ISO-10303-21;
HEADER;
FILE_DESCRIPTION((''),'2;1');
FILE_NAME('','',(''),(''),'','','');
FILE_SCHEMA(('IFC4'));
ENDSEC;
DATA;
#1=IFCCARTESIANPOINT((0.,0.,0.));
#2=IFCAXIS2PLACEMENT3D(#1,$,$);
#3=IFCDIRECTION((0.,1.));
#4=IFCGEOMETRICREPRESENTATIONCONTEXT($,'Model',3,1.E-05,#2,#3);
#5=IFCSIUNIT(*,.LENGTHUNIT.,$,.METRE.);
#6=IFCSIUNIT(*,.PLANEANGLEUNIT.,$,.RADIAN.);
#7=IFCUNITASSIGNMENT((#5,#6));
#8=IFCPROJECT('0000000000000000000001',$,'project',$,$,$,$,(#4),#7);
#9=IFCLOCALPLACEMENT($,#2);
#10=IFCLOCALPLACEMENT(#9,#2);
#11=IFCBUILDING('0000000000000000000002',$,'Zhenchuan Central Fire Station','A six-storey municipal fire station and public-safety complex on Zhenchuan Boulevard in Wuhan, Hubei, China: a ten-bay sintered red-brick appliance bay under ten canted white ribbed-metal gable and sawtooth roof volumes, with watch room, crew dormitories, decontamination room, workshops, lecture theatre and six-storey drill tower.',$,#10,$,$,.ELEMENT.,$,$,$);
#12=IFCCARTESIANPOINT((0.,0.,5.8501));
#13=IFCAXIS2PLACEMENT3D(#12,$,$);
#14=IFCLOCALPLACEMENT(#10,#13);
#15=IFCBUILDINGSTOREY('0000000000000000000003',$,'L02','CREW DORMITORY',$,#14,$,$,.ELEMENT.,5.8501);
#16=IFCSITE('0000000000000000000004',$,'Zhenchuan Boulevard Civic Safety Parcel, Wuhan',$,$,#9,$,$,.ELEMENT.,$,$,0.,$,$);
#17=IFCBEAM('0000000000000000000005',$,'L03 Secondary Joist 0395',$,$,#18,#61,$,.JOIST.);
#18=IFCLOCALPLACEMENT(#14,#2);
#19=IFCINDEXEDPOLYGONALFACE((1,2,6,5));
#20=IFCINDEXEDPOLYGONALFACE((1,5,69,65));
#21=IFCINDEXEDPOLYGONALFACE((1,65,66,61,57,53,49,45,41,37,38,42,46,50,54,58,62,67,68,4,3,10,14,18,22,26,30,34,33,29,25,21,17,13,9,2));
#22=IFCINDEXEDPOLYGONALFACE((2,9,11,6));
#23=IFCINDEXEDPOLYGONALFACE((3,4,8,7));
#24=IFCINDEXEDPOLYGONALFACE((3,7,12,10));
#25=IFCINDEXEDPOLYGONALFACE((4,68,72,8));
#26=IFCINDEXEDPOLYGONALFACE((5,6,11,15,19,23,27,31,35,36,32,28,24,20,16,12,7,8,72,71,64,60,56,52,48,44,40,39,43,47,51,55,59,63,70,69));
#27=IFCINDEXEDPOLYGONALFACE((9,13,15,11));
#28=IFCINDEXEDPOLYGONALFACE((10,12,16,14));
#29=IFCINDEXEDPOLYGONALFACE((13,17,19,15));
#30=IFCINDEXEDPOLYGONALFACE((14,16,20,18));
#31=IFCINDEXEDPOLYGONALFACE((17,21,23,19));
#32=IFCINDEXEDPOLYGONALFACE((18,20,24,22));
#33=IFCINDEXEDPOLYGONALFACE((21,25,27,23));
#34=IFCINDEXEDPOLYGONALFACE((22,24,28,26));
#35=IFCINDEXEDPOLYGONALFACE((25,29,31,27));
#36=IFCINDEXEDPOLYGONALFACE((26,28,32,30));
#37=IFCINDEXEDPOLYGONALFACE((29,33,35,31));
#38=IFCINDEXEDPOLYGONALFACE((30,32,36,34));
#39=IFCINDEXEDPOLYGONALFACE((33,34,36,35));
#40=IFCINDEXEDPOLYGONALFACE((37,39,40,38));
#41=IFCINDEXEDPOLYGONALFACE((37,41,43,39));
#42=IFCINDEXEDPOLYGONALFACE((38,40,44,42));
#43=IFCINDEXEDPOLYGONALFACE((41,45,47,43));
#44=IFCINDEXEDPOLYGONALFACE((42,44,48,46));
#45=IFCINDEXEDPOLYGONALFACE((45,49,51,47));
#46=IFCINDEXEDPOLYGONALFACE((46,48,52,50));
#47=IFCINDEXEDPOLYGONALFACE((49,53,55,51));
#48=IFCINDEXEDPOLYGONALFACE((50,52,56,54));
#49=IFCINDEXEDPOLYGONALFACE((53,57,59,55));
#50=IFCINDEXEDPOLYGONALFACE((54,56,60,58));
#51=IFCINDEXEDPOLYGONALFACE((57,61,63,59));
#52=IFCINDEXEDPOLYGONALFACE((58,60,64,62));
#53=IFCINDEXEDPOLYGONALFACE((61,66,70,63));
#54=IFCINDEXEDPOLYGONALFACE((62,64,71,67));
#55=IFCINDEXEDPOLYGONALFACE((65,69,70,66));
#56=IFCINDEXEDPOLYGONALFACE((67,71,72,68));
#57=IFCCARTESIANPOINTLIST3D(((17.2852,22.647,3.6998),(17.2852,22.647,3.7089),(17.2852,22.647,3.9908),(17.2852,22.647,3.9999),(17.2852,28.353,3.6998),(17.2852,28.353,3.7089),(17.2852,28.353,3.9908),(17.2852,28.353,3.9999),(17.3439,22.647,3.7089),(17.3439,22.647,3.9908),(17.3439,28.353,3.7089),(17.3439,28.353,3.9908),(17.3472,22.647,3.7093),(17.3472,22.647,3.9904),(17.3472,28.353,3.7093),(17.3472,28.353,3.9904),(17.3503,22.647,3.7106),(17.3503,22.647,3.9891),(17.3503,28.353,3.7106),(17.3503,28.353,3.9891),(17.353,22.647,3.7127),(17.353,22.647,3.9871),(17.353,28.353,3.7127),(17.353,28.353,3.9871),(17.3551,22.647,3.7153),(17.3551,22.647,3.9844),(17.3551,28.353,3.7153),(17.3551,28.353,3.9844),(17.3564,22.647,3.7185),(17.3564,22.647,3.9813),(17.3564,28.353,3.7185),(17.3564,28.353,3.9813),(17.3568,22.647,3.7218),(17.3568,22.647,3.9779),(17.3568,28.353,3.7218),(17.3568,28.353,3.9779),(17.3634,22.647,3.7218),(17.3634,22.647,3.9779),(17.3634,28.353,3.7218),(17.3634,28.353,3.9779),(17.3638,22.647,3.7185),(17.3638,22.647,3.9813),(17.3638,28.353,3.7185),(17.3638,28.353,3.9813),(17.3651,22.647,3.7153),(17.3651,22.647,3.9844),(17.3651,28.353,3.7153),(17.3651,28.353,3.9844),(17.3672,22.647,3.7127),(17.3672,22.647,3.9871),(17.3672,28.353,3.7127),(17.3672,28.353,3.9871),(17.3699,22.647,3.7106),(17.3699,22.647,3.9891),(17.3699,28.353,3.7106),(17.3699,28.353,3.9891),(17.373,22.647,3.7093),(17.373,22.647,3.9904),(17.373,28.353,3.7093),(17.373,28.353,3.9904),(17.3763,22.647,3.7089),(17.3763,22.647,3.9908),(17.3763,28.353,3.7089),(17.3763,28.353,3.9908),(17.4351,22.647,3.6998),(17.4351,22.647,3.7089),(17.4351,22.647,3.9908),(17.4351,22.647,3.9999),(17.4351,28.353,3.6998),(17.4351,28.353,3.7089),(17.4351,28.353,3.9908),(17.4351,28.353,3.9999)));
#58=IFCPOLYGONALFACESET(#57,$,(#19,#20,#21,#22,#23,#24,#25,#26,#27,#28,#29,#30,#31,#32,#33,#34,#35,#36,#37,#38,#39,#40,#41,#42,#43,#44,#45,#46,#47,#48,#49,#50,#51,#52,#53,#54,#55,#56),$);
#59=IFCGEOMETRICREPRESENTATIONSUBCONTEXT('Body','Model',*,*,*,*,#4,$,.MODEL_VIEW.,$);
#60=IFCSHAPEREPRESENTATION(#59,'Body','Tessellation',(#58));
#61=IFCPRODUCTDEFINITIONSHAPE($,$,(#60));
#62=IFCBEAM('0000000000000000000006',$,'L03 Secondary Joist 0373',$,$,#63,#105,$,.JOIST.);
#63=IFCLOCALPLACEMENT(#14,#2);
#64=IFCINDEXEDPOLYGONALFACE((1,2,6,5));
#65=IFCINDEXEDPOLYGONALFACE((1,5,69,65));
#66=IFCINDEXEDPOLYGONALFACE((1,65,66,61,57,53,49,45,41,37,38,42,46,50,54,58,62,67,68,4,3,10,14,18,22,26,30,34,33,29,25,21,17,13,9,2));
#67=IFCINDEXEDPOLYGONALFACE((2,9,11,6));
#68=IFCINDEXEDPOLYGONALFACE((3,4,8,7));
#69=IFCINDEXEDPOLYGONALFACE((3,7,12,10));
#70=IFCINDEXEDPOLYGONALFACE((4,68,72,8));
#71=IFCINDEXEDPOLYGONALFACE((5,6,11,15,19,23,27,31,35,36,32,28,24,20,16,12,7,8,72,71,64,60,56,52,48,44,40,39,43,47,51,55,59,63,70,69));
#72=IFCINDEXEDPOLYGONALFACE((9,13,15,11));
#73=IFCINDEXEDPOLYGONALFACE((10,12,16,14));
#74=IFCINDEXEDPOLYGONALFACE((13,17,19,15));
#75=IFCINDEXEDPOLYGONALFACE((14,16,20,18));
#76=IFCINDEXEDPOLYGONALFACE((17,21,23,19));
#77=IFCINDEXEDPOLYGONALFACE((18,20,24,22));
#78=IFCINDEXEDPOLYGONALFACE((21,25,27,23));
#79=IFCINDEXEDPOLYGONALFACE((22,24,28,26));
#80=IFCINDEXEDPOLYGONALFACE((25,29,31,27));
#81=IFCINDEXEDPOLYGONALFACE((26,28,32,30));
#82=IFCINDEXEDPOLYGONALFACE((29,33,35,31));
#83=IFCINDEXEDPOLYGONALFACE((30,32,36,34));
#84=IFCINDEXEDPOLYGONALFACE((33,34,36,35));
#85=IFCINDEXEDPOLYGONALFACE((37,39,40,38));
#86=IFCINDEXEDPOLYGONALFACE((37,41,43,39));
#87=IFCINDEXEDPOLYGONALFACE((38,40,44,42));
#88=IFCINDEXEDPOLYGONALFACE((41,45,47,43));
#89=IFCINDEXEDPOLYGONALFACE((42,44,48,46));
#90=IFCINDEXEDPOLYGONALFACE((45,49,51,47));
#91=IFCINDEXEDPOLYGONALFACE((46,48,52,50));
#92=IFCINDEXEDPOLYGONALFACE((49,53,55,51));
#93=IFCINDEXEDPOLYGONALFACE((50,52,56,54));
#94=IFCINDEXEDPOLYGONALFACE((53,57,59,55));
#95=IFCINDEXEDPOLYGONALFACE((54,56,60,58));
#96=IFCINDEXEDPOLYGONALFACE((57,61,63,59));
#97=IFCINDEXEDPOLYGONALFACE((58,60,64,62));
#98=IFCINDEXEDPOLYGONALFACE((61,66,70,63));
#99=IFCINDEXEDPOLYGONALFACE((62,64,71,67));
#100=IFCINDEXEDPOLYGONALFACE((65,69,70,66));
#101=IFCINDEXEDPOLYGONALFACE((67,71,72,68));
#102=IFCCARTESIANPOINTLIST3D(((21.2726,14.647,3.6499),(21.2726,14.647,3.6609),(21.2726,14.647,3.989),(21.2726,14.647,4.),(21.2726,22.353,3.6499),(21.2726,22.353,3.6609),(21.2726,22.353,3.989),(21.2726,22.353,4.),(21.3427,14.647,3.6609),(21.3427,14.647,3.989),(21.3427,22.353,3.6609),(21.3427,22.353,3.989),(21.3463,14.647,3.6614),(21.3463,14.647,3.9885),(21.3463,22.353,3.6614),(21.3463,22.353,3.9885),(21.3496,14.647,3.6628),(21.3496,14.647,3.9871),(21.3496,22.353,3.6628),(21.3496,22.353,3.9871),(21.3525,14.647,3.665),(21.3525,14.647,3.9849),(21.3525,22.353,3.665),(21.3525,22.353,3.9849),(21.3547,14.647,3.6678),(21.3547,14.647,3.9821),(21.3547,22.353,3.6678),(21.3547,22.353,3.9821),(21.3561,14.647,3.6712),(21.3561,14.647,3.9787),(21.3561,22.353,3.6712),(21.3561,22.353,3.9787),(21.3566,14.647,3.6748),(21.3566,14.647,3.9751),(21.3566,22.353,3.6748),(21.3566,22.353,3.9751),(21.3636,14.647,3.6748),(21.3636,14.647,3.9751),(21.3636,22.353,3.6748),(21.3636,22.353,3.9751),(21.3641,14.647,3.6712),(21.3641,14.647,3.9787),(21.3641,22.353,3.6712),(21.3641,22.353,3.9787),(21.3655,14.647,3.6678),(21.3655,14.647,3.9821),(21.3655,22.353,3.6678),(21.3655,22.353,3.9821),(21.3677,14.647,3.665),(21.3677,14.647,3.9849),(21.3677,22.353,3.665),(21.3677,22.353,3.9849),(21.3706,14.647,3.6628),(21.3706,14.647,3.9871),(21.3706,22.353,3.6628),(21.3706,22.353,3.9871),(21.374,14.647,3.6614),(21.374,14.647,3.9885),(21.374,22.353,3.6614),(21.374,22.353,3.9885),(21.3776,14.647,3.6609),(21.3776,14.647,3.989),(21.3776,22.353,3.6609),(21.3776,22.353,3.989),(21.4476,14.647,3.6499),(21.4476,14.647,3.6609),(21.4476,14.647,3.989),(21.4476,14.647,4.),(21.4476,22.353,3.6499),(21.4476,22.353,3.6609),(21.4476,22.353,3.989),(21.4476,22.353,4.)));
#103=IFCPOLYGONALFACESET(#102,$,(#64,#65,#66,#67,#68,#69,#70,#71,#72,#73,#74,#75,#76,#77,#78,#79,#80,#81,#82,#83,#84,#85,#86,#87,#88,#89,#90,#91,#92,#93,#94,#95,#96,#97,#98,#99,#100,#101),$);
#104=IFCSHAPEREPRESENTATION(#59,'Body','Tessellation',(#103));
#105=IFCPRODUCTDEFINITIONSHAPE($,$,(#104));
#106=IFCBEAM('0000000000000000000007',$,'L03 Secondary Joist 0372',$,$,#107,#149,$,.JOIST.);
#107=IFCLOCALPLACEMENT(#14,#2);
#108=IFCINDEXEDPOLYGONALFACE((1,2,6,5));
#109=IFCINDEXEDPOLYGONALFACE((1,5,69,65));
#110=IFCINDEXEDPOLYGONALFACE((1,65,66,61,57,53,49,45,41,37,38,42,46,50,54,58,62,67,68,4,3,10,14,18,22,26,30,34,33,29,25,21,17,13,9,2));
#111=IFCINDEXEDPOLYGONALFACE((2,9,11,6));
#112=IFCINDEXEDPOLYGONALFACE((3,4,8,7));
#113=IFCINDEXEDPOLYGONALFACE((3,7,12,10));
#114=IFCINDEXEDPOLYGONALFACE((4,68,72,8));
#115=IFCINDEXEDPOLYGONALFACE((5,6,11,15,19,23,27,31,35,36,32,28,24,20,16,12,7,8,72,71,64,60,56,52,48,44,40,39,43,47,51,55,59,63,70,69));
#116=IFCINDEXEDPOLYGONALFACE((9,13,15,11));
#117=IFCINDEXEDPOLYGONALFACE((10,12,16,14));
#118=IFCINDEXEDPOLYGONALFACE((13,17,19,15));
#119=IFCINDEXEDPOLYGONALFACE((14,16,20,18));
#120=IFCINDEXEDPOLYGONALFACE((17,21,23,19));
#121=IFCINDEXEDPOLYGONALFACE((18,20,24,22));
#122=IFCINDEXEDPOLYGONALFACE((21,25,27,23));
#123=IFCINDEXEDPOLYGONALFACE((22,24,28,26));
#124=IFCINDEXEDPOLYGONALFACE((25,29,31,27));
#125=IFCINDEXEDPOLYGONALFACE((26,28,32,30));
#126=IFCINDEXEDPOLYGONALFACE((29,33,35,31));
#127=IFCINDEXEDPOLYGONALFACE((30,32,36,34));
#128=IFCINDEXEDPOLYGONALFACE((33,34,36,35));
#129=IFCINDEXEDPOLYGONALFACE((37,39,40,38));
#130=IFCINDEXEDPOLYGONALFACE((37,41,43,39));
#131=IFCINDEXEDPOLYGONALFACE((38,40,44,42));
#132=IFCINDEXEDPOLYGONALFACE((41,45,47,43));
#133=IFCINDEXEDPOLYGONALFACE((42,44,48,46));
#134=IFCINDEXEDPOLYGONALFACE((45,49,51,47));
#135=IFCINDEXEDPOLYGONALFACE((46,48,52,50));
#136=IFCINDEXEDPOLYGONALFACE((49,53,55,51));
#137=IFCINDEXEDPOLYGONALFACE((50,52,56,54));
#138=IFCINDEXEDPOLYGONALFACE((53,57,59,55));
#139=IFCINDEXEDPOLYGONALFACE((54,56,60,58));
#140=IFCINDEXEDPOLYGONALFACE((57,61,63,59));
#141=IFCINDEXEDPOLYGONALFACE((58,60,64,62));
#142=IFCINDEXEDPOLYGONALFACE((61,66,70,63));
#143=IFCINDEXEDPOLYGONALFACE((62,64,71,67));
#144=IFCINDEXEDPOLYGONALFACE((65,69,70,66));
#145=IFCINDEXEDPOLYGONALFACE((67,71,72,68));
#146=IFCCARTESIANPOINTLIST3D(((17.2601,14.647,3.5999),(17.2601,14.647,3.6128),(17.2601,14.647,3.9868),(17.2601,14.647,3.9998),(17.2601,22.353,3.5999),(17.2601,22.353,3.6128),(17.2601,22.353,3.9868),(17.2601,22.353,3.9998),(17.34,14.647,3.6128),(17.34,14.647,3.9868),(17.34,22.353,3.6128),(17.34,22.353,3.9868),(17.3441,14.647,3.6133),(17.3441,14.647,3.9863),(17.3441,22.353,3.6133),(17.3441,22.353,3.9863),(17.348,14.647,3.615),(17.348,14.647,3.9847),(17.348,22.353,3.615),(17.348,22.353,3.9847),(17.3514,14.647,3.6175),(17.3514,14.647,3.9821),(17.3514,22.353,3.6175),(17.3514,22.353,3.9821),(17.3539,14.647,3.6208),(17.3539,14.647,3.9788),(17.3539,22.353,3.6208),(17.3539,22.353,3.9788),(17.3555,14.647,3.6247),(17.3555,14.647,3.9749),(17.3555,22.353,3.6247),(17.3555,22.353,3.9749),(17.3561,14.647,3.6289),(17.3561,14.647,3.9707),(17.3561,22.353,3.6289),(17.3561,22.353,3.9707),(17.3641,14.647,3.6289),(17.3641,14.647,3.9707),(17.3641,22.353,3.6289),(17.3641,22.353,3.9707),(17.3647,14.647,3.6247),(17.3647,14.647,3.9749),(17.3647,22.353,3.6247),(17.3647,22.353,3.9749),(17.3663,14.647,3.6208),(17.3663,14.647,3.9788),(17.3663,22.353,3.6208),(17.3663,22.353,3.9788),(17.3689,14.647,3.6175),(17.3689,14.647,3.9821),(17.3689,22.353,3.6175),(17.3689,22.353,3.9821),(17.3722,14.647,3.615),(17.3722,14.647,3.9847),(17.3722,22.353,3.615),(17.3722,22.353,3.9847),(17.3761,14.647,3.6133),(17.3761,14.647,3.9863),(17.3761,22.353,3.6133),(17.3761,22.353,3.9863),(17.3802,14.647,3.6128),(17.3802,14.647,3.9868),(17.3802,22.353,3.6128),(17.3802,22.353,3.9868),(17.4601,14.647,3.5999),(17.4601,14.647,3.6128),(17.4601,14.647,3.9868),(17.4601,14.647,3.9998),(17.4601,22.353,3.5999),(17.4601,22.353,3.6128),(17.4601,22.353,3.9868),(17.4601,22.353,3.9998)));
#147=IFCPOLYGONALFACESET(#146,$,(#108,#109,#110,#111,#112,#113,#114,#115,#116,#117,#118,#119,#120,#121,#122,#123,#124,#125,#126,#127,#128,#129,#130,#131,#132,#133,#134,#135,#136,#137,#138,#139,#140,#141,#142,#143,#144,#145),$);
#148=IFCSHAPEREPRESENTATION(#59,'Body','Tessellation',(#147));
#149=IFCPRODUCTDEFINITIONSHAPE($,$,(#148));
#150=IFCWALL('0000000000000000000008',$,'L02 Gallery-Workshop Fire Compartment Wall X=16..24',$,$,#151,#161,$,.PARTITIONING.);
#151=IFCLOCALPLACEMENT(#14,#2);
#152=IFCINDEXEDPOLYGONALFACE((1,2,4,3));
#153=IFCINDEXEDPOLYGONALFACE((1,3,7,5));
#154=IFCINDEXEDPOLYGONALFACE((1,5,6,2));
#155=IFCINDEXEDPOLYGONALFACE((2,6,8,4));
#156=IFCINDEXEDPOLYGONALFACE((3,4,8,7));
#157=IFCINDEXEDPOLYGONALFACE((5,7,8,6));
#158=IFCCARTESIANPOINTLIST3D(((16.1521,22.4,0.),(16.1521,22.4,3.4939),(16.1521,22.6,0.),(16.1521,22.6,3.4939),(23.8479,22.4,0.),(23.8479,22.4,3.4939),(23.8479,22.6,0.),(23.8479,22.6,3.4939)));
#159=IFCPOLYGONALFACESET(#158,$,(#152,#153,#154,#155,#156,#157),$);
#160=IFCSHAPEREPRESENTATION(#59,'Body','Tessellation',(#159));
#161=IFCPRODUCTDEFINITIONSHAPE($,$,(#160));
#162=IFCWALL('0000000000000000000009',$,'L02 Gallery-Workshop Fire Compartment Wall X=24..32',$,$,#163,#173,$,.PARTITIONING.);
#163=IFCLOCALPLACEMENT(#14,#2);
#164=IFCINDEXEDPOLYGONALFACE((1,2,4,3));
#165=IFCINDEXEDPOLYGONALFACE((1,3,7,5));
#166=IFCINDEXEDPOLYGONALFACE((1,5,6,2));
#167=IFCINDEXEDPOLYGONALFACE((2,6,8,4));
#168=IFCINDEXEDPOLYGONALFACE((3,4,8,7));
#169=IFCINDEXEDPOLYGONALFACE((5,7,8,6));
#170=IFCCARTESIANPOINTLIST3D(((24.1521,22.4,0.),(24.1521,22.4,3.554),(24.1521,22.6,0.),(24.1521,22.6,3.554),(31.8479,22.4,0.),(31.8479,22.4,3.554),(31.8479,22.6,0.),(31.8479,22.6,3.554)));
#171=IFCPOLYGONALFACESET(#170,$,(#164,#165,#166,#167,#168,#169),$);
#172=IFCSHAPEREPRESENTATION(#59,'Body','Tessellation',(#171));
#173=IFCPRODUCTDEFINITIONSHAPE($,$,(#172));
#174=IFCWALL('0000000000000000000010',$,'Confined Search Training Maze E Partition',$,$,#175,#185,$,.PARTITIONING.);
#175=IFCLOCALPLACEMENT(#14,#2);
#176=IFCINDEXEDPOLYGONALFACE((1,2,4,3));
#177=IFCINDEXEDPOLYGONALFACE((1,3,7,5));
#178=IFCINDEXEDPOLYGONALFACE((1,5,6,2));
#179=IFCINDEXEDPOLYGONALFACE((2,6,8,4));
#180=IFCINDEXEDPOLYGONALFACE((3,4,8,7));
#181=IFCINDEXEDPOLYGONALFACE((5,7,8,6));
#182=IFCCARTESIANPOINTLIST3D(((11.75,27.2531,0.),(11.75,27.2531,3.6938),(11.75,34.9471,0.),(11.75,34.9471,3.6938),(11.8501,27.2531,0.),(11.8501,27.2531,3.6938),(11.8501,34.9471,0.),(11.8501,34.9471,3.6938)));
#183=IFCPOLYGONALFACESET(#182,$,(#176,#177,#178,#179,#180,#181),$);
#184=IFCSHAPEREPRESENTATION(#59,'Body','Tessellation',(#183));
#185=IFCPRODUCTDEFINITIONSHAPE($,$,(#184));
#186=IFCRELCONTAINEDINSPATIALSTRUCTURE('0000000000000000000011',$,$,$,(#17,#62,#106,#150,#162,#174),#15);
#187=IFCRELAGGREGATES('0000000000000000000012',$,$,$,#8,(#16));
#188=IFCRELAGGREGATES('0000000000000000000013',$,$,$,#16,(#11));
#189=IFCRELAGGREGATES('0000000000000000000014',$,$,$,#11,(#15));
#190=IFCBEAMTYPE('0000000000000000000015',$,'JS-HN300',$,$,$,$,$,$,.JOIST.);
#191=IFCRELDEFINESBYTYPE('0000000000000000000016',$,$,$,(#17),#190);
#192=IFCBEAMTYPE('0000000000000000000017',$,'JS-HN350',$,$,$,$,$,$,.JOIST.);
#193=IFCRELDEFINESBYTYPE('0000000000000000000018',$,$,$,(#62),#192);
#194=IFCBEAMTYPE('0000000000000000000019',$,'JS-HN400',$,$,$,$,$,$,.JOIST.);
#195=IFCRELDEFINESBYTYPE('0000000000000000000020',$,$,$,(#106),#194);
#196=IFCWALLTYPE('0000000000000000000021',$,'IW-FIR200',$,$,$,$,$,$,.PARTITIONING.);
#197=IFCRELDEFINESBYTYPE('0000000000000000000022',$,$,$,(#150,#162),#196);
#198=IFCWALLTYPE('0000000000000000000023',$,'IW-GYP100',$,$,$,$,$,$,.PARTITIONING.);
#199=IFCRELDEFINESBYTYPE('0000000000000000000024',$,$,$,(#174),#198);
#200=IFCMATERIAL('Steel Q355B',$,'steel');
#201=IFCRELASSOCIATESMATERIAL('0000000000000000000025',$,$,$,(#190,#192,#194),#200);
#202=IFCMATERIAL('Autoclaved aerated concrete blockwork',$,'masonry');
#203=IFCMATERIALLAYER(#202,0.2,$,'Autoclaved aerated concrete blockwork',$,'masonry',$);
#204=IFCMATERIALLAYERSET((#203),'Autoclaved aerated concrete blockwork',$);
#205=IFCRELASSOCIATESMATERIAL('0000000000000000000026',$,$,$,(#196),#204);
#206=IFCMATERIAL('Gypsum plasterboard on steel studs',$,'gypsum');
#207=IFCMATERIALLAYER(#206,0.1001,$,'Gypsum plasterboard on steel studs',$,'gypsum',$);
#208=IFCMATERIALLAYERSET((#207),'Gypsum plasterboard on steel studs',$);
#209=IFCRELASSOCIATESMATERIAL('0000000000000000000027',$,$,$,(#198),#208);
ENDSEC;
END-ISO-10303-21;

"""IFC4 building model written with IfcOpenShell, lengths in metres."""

from ifc_helpers import new_model, si_unit, direction, frame, frame_2d, origin, origin_2d, place, context, subcontext, project, spatial, rectangle, i_section, extrude, material, layer, layer_set, material_profile, profile_set, type_object, element, save


model = new_model("IFC4")

# Units and contexts
model_context = context("Model", 3, precision=1e-05, world=origin(), true_north=direction((0.0, 1.0)))
body_context = subcontext(model_context, "Body", "Model", "MODEL_VIEW")
ifc_project = project(units=[si_unit("LENGTHUNIT", "METRE"), si_unit("PLANEANGLEUNIT", "RADIAN")], contexts=[model_context])

# Site, building, storey
site_placement = place(None, origin())
site = spatial("IfcSite", under=ifc_project, at=site_placement, Name="Zhenchuan Boulevard Civic Safety Parcel, Wuhan", CompositionType="ELEMENT", RefElevation=0.0)
building_placement = place(site_placement, origin())
building = spatial("IfcBuilding", under=site, at=building_placement, Name="Zhenchuan Central Fire Station", Description="A six-storey municipal fire station and public-safety complex on Zhenchuan Boulevard in Wuhan, Hubei, China: a ten-bay sintered red-brick appliance bay under ten canted white ribbed-metal gable and sawtooth roof volumes, with watch room, crew dormitories, decontamination room, workshops, lecture theatre and six-storey drill tower.", CompositionType="ELEMENT")
storey_placement = place(building_placement, frame((0.0, 0.0, 5.8501)))
storey = spatial("IfcBuildingStorey", under=building, at=storey_placement, Name="L02", Description="CREW DORMITORY", CompositionType="ELEMENT", Elevation=5.8501)

# Shared definitions
ifc_material_1 = material(Name="Steel Q355B", Category="steel")

# Beams
ifc_material_profile_1 = material_profile(ifc_material_1, i_section(OverallWidth=0.1499, OverallDepth=0.3, WebThickness=0.0066, FlangeThickness=0.009, FilletRadius=0.0129, at=origin_2d()), Name="HN 300x150")
ifc_profile_set_1 = profile_set([ifc_material_profile_1], Name="Steel Q355B")
beam_type_1 = type_object("IfcBeamType", Name="JS-HN300", PredefinedType="JOIST", material=ifc_profile_set_1)
beam_1_placement = place(storey_placement, frame((17.3601, 22.647, 3.8499), z_axis=(0.0, 1.0, 0.0), x_axis=(-1.0, 0.0, 0.0)))
element("IfcBeam", 1, at=beam_1_placement, inside=storey, type_object=beam_type_1, Name="L03 Secondary Joist 0395", PredefinedType="JOIST", context=body_context, shape_type="SweptSolid", body=[
    extrude(i_section(OverallWidth=0.1499, OverallDepth=0.3, WebThickness=0.0066, FlangeThickness=0.009, FilletRadius=0.0129, at=origin_2d()), origin(), (0.0, 0.0, 1.0), 5.7061),
])
ifc_material_profile_2 = material_profile(ifc_material_1, i_section(OverallWidth=0.175, OverallDepth=0.3501, WebThickness=0.0071, FlangeThickness=0.011, FilletRadius=0.0139, at=origin_2d()), Name="HN 350x175")
ifc_profile_set_2 = profile_set([ifc_material_profile_2], Name="Steel Q355B")
beam_type_2 = type_object("IfcBeamType", Name="JS-HN350", PredefinedType="JOIST", material=ifc_profile_set_2)
beam_2_placement = place(storey_placement, frame((21.3601, 14.647, 3.825), z_axis=(0.0, 1.0, 0.0), x_axis=(-1.0, 0.0, 0.0)))
element("IfcBeam", 2, at=beam_2_placement, inside=storey, type_object=beam_type_2, Name="L03 Secondary Joist 0373", PredefinedType="JOIST", context=body_context, shape_type="SweptSolid", body=[
    extrude(i_section(OverallWidth=0.175, OverallDepth=0.3501, WebThickness=0.0071, FlangeThickness=0.011, FilletRadius=0.0139, at=origin_2d()), origin(), (0.0, 0.0, 1.0), 7.7061),
])
ifc_material_profile_3 = material_profile(ifc_material_1, i_section(OverallWidth=0.2, OverallDepth=0.3999, WebThickness=0.0081, FlangeThickness=0.0129, FilletRadius=0.0161, at=origin_2d()), Name="HN 400x200")
ifc_profile_set_3 = profile_set([ifc_material_profile_3], Name="Steel Q355B")
beam_type_3 = type_object("IfcBeamType", Name="JS-HN400", PredefinedType="JOIST", material=ifc_profile_set_3)
beam_3_placement = place(storey_placement, frame((17.3601, 14.647, 3.7998), z_axis=(0.0, 1.0, 0.0), x_axis=(-1.0, 0.0, 0.0)))
element("IfcBeam", 3, at=beam_3_placement, inside=storey, type_object=beam_type_3, Name="L03 Secondary Joist 0372", PredefinedType="JOIST", context=body_context, shape_type="SweptSolid", body=[
    extrude(i_section(OverallWidth=0.2, OverallDepth=0.3999, WebThickness=0.0081, FlangeThickness=0.0129, FilletRadius=0.0161, at=origin_2d()), origin(), (0.0, 0.0, 1.0), 7.7061),
])

# Walls
ifc_material_2 = material(Name="Autoclaved aerated concrete blockwork", Category="masonry")
ifc_layer_1 = layer(ifc_material_2, 0.2, Name="Autoclaved aerated concrete blockwork", Category="masonry")
ifc_layer_set_1 = layer_set([ifc_layer_1], Name="Autoclaved aerated concrete blockwork")
wall_type_1 = type_object("IfcWallType", Name="IW-FIR200", PredefinedType="PARTITIONING", material=ifc_layer_set_1)
wall_1_placement = place(storey_placement, frame((16.1521, 22.5, 0.0), z_axis=(0.0, 0.0, 1.0), x_axis=(1.0, 0.0, 0.0)))
element("IfcWall", 4, at=wall_1_placement, inside=storey, type_object=wall_type_1, Name="L02 Gallery-Workshop Fire Compartment Wall X=16..24", PredefinedType="PARTITIONING", context=body_context, shape_type="SweptSolid", body=[
    extrude(rectangle(XDim=7.6958, YDim=0.2, at=frame_2d((3.8479, 0.0))), origin(), (0.0, 0.0, 1.0), 3.4939),
])
wall_2_placement = place(storey_placement, frame((24.1521, 22.5, 0.0), z_axis=(0.0, 0.0, 1.0), x_axis=(1.0, 0.0, 0.0)))
element("IfcWall", 5, at=wall_2_placement, inside=storey, type_object=wall_type_1, Name="L02 Gallery-Workshop Fire Compartment Wall X=24..32", PredefinedType="PARTITIONING", context=body_context, shape_type="SweptSolid", body=[
    extrude(rectangle(XDim=7.6958, YDim=0.2, at=frame_2d((3.8479, 0.0))), origin(), (0.0, 0.0, 1.0), 3.554),
])
ifc_material_3 = material(Name="Gypsum plasterboard on steel studs", Category="gypsum")
ifc_layer_2 = layer(ifc_material_3, 0.1001, Name="Gypsum plasterboard on steel studs", Category="gypsum")
ifc_layer_set_2 = layer_set([ifc_layer_2], Name="Gypsum plasterboard on steel studs")
wall_type_2 = type_object("IfcWallType", Name="IW-GYP100", PredefinedType="PARTITIONING", material=ifc_layer_set_2)
wall_3_placement = place(storey_placement, frame((11.8, 27.2529, 0.0), z_axis=(0.0, 0.0, 1.0), x_axis=(0.0, 1.0, 0.0)))
element("IfcWall", 6, at=wall_3_placement, inside=storey, type_object=wall_type_2, Name="Confined Search Training Maze E Partition", PredefinedType="PARTITIONING", context=body_context, shape_type="SweptSolid", body=[
    extrude(rectangle(XDim=7.6941, YDim=0.1001, at=frame_2d((3.8472, 0.0))), origin(), (0.0, 0.0, 1.0), 3.6938),
])

save(model, "model.ifc")
